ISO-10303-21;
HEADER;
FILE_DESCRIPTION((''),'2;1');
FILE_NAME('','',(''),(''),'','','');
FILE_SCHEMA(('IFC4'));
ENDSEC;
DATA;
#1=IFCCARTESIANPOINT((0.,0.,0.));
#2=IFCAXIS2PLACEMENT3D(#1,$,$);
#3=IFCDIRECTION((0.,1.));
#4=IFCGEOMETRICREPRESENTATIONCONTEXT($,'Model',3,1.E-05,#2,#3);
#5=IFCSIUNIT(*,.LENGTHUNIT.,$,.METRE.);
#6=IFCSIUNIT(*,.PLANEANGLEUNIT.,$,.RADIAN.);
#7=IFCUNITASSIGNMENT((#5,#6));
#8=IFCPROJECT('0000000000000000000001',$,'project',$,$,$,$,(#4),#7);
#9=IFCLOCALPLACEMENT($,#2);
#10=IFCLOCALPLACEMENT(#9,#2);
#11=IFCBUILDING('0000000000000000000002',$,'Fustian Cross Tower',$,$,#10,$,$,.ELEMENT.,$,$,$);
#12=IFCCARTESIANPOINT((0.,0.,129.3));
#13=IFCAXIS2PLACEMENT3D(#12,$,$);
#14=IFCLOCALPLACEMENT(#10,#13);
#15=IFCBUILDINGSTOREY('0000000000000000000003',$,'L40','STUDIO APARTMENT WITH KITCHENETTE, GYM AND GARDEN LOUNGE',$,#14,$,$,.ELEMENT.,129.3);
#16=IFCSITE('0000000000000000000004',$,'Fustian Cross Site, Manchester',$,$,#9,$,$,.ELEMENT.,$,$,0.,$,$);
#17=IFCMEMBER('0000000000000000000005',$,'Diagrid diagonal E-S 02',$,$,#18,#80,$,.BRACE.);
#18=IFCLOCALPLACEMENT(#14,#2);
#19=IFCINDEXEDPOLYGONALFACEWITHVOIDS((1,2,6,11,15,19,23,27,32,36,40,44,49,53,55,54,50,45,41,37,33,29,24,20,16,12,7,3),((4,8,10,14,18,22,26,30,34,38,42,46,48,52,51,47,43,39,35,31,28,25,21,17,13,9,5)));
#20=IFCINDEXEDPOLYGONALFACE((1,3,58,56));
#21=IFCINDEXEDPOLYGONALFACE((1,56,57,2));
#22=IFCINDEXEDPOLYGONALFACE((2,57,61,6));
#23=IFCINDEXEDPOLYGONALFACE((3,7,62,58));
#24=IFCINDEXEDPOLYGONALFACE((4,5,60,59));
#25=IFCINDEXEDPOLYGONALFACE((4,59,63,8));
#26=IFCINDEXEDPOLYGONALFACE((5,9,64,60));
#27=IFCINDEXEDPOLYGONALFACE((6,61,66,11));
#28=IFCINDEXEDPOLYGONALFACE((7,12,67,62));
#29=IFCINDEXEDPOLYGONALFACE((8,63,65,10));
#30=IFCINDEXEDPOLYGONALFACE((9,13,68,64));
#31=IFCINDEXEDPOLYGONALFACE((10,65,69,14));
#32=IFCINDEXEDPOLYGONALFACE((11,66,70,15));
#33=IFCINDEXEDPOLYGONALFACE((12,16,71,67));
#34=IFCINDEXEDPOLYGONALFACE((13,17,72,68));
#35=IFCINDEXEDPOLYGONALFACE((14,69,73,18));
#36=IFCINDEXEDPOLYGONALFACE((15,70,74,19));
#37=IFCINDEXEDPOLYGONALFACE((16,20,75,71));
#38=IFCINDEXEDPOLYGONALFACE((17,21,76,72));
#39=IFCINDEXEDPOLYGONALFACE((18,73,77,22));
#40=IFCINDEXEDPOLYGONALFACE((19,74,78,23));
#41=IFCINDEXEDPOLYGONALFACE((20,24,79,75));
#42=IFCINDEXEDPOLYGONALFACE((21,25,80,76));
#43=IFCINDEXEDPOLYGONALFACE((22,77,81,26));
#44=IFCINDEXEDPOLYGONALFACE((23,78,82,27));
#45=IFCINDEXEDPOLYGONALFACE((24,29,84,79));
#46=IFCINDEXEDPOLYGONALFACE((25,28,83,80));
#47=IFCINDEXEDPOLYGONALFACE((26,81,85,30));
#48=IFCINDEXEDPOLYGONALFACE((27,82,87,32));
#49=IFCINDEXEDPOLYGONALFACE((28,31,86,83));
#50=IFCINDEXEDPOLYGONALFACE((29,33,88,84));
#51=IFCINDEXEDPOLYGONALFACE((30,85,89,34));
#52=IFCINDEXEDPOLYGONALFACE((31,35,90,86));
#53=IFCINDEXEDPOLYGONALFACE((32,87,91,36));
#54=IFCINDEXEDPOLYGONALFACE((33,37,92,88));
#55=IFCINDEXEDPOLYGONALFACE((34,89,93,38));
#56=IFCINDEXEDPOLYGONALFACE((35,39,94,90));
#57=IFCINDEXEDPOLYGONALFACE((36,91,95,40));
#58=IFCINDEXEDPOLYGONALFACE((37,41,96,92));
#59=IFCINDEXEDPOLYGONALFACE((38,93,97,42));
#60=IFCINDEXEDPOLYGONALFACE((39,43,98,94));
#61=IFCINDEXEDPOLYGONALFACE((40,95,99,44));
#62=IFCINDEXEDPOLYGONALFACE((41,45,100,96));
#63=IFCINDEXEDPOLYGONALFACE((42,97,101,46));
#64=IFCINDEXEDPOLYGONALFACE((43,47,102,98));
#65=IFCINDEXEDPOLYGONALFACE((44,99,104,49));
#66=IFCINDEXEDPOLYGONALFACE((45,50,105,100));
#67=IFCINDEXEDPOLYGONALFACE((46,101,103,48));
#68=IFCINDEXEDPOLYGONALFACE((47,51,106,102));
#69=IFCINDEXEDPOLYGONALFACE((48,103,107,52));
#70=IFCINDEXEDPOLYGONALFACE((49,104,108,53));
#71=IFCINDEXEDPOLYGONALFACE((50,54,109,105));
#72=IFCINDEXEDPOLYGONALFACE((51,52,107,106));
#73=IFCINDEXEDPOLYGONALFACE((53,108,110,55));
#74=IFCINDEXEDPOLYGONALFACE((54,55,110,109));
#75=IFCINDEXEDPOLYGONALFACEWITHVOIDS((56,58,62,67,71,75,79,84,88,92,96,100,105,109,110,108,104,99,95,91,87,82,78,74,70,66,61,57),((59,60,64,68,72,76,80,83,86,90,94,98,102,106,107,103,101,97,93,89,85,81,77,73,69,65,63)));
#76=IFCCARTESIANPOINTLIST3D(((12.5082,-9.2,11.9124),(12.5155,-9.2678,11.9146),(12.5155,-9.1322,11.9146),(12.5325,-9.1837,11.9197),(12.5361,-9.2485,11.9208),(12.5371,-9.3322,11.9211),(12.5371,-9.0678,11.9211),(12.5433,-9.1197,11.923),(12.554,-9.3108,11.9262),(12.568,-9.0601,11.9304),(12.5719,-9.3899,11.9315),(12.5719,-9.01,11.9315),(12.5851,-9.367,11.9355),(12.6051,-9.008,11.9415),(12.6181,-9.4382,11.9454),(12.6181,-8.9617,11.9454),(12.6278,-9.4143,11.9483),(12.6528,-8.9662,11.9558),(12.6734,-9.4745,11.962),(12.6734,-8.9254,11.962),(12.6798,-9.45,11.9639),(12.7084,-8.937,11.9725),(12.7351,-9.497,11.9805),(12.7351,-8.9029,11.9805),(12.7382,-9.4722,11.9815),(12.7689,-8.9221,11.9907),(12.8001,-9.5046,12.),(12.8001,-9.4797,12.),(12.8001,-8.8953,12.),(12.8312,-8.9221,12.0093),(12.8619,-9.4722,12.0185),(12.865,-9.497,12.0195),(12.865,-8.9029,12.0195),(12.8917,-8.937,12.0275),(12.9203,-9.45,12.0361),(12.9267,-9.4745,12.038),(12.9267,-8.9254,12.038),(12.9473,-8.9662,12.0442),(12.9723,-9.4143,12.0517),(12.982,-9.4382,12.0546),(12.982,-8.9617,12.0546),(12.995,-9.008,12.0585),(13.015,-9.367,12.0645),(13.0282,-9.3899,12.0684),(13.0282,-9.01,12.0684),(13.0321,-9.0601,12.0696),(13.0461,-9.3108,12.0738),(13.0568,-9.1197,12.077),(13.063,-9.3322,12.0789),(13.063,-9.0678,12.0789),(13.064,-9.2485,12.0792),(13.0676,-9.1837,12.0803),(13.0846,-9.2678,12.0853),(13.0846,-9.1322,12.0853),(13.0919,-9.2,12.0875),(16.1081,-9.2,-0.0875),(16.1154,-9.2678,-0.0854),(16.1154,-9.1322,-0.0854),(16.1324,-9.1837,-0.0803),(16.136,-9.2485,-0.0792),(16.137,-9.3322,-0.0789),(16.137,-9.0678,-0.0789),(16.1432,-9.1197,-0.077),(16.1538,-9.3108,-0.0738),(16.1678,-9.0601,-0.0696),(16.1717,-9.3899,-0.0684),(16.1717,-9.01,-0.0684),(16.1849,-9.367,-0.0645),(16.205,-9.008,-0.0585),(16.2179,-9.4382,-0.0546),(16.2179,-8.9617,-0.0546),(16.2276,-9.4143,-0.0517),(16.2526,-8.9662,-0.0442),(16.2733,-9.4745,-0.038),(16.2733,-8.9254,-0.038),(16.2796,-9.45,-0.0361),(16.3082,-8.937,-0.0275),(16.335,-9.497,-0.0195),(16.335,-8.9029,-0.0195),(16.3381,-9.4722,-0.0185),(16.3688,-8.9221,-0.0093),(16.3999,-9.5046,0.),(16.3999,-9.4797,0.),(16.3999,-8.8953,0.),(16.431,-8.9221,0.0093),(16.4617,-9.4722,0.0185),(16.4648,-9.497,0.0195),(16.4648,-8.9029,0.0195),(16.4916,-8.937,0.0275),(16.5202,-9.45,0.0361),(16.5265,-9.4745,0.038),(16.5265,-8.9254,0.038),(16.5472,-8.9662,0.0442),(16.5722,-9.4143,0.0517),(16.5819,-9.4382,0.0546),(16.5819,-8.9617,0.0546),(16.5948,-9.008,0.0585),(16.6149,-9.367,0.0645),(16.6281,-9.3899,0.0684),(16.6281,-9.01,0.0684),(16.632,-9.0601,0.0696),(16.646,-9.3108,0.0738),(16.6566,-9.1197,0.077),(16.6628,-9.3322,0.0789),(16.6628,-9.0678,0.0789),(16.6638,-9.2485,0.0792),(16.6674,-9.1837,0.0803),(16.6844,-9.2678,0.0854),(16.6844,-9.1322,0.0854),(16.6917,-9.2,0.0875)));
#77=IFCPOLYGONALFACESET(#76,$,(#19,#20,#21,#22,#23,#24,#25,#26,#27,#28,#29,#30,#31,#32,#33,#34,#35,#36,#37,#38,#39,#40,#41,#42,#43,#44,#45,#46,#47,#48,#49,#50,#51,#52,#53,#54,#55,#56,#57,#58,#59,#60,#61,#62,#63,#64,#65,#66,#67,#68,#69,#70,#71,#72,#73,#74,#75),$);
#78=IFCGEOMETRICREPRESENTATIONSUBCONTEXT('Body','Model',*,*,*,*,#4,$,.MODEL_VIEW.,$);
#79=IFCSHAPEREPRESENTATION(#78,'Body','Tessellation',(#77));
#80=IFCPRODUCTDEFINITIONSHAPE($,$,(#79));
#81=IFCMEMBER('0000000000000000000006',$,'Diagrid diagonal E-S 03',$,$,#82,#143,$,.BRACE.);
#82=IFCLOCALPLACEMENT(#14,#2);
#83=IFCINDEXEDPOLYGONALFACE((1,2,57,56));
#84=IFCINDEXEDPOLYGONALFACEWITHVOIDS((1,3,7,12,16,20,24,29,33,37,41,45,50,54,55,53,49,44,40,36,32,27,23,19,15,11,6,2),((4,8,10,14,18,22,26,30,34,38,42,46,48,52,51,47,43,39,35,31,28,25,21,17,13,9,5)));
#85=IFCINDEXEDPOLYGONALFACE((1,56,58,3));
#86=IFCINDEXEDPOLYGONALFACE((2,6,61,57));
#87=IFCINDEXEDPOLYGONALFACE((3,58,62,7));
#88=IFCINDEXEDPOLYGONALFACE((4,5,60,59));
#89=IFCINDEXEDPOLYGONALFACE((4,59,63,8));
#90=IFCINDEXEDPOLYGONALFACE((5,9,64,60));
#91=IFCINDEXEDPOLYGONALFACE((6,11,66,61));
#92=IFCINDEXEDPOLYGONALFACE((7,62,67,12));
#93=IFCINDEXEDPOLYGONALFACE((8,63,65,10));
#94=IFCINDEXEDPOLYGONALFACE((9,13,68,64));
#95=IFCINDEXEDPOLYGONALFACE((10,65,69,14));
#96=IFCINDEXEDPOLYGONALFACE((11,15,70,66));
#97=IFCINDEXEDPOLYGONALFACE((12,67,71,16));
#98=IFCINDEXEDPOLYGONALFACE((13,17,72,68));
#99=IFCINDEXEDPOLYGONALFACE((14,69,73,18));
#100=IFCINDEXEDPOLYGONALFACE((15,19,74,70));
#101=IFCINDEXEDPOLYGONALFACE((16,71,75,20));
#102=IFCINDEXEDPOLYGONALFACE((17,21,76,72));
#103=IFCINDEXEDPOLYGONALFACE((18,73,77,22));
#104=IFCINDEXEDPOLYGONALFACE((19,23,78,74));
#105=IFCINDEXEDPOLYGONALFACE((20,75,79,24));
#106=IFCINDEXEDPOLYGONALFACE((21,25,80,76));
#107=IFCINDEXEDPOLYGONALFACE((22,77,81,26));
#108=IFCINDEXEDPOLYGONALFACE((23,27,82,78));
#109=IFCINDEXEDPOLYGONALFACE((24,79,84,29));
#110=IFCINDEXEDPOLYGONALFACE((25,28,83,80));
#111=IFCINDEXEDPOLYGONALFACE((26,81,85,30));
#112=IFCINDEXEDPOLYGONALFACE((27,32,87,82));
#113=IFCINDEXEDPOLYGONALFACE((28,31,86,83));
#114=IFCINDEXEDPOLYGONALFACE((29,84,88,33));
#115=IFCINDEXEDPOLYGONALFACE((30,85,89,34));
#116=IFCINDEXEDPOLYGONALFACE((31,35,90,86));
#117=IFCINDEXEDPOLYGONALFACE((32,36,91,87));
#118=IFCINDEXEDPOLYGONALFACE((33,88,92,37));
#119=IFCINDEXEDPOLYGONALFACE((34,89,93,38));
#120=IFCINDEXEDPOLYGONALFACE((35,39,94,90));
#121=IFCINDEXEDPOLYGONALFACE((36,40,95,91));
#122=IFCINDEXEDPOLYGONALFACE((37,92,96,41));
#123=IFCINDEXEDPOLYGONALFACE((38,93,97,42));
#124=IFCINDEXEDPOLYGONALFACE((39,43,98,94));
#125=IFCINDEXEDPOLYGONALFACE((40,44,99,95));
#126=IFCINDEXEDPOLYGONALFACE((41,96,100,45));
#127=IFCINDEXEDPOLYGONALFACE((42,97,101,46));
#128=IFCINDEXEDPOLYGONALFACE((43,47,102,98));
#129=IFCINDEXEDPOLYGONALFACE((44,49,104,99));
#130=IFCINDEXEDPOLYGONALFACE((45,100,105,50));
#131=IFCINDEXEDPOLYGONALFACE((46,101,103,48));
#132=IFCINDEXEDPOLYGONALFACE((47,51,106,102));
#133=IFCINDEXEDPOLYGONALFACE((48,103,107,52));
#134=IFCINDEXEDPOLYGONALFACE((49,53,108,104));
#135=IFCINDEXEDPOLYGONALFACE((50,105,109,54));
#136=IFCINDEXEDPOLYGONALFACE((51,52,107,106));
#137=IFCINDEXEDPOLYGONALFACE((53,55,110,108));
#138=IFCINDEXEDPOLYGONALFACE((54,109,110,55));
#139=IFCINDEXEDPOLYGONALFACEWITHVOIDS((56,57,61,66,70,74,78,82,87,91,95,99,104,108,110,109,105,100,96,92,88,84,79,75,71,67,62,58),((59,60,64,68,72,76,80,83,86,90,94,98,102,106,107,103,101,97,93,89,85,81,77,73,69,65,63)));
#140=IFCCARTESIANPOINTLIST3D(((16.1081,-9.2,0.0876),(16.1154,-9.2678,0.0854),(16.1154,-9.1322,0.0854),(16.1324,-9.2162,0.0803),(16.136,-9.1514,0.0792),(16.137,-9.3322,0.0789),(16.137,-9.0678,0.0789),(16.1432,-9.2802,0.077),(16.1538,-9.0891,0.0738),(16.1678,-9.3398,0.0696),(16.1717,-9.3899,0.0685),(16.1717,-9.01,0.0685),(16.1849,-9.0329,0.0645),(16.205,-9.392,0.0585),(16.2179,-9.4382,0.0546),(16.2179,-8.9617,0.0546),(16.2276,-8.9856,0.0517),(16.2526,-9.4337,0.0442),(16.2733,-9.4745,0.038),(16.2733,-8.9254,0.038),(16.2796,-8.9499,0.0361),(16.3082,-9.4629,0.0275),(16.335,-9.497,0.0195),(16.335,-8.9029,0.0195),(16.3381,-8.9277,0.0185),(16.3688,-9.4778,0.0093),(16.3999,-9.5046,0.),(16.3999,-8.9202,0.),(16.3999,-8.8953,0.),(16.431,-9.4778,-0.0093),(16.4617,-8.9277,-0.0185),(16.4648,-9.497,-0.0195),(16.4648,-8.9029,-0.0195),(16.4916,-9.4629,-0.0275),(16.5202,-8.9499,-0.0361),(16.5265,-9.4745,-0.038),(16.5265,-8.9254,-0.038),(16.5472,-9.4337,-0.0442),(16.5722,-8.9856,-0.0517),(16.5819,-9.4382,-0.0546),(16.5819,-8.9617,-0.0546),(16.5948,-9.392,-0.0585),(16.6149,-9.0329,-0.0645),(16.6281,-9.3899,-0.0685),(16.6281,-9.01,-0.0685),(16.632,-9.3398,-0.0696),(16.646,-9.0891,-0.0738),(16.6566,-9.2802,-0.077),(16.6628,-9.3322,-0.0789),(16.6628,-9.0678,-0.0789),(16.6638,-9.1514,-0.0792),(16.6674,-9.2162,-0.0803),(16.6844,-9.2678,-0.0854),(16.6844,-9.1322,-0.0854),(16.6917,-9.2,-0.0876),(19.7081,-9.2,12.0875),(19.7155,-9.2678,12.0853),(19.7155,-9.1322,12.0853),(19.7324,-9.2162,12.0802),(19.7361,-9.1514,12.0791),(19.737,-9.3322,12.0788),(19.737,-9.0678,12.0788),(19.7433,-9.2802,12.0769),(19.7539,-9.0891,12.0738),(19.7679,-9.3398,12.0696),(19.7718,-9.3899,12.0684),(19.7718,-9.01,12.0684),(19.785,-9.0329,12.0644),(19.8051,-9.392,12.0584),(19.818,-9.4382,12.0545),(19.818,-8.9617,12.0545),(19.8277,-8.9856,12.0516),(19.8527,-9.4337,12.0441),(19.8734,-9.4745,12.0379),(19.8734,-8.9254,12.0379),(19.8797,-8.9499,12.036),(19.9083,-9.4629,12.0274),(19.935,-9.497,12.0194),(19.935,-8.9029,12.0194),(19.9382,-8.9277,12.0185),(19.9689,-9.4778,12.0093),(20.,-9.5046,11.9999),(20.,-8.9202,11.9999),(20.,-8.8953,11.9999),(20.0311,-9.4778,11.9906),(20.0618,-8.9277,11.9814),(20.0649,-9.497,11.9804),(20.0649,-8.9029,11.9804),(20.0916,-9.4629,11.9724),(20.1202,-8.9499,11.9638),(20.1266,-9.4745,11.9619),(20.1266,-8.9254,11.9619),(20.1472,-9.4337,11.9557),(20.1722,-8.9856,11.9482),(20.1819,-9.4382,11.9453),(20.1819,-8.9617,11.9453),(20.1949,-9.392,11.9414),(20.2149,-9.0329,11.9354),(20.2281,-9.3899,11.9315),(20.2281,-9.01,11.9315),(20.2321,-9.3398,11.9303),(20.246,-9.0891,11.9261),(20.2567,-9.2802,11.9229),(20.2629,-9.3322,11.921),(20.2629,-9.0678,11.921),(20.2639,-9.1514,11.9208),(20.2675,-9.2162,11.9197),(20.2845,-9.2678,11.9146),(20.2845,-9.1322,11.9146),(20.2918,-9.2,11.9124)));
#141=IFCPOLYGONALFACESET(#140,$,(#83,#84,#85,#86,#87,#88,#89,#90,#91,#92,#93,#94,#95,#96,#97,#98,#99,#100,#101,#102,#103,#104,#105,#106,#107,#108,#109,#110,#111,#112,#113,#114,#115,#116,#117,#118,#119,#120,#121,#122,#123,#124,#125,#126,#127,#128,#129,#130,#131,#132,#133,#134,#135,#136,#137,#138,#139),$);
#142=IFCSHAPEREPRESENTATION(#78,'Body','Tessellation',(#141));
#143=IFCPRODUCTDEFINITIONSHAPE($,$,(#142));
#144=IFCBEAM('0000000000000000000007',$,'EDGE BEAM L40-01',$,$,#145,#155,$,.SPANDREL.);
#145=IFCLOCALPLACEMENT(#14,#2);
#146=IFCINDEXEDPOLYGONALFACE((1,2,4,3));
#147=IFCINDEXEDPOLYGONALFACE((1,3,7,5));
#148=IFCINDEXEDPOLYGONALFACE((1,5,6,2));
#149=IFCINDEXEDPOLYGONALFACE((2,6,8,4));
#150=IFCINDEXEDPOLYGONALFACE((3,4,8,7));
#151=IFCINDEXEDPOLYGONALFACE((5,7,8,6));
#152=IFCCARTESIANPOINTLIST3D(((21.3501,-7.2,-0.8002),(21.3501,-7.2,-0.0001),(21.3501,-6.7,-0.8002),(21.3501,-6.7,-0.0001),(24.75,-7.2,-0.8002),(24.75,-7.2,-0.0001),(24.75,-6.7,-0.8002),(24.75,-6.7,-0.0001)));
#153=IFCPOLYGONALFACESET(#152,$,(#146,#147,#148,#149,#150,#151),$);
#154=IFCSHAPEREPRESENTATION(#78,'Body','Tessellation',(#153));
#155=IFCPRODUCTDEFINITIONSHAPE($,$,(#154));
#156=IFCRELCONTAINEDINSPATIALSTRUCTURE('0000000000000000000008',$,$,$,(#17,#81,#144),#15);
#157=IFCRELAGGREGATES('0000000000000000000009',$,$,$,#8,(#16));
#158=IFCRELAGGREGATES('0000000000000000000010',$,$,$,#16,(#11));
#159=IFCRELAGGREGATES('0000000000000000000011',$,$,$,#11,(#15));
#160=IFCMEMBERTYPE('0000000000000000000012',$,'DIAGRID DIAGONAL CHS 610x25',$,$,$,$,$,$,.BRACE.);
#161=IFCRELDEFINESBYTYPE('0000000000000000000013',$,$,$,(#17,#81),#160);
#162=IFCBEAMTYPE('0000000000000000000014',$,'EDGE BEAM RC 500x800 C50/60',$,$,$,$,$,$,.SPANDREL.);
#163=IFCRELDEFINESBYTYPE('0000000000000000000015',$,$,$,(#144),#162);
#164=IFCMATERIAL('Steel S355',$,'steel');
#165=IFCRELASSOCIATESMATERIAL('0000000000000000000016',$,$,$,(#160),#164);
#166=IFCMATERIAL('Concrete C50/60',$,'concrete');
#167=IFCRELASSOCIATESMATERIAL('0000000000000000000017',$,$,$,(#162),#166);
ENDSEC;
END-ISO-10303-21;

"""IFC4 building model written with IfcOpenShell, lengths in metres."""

from ifc_helpers import new_model, si_unit, direction, frame, origin, origin_2d, place, context, subcontext, project, spatial, rectangle, hollow_circle, extrude, material, material_profile, profile_set, type_object, element, save


model = new_model("IFC4")

# Units and contexts
model_context = context("Model", 3, precision=1e-05, world=origin(), true_north=direction((0.0, 1.0)))
body_context = subcontext(model_context, "Body", "Model", "MODEL_VIEW")
ifc_project = project(units=[si_unit("LENGTHUNIT", "METRE"), si_unit("PLANEANGLEUNIT", "RADIAN")], contexts=[model_context])

# Site, building, storey
site_placement = place(None, origin())
site = spatial("IfcSite", under=ifc_project, at=site_placement, Name="Fustian Cross Site, Manchester", CompositionType="ELEMENT", RefElevation=0.0)
building_placement = place(site_placement, origin())
building = spatial("IfcBuilding", under=site, at=building_placement, Name="Fustian Cross Tower", CompositionType="ELEMENT")
storey_placement = place(building_placement, frame((0.0, 0.0, 129.3)))
storey = spatial("IfcBuildingStorey", under=building, at=storey_placement, Name="L40", Description="STUDIO APARTMENT WITH KITCHENETTE, GYM AND GARDEN LOUNGE", CompositionType="ELEMENT", Elevation=129.3)

# Members
ifc_material_1 = material(Name="Steel S355", Category="steel")
ifc_material_profile_1 = material_profile(ifc_material_1, hollow_circle(Radius=0.3047, WallThickness=0.0249, at=origin_2d()), Name="CHS 610x25")
ifc_profile_set_1 = profile_set([ifc_material_profile_1], Name="Steel S355")
member_type = type_object("IfcMemberType", Name="DIAGRID DIAGONAL CHS 610x25", PredefinedType="BRACE", material=ifc_profile_set_1)
for number, where, z_axis, x_axis, name in (
    (1, (16.3999, -9.2, 0.0), (-0.287337, 0.0, 0.95783), (0.0, -1.0, 0.0), "Diagrid diagonal E-S 02"),
    (2, (16.3999, -9.2, 0.0), (0.287355, 0.0, 0.957824), (0.0, 1.0, 0.0), "Diagrid diagonal E-S 03"),
):
    element("IfcMember", number, at=place(storey_placement, frame(where, z_axis=z_axis, x_axis=x_axis)), inside=storey, type_object=member_type, Name=name, PredefinedType="BRACE", context=body_context, shape_type="SweptSolid", body=[
        extrude(hollow_circle(Radius=0.3047, WallThickness=0.0249, at=origin_2d()), origin(), (0.0, 0.0, 1.0), 12.5283),
    ])

# Beam
ifc_material_2 = material(Name="Concrete C50/60", Category="concrete")
ifc_material_profile_2 = material_profile(ifc_material_2, rectangle(XDim=0.5, YDim=0.8, at=origin_2d()), Name="RC 500x800")
ifc_profile_set_2 = profile_set([ifc_material_profile_2], Name="Concrete C50/60")
beam_type = type_object("IfcBeamType", Name="EDGE BEAM RC 500x800 C50/60", PredefinedType="SPANDREL", material=ifc_profile_set_2)
beam_placement = place(storey_placement, frame((21.3501, -6.95, -0.4001), z_axis=(1.0, 0.0, 0.0), x_axis=(0.0, 1.0, 0.0)))
element("IfcBeam", 3, at=beam_placement, inside=storey, type_object=beam_type, Name="EDGE BEAM L40-01", PredefinedType="SPANDREL", context=body_context, shape_type="SweptSolid", body=[
    extrude(rectangle(XDim=0.5, YDim=0.8, at=origin_2d()), origin(), (0.0, 0.0, 1.0), 3.3999),
])

save(model, "model.ifc")
